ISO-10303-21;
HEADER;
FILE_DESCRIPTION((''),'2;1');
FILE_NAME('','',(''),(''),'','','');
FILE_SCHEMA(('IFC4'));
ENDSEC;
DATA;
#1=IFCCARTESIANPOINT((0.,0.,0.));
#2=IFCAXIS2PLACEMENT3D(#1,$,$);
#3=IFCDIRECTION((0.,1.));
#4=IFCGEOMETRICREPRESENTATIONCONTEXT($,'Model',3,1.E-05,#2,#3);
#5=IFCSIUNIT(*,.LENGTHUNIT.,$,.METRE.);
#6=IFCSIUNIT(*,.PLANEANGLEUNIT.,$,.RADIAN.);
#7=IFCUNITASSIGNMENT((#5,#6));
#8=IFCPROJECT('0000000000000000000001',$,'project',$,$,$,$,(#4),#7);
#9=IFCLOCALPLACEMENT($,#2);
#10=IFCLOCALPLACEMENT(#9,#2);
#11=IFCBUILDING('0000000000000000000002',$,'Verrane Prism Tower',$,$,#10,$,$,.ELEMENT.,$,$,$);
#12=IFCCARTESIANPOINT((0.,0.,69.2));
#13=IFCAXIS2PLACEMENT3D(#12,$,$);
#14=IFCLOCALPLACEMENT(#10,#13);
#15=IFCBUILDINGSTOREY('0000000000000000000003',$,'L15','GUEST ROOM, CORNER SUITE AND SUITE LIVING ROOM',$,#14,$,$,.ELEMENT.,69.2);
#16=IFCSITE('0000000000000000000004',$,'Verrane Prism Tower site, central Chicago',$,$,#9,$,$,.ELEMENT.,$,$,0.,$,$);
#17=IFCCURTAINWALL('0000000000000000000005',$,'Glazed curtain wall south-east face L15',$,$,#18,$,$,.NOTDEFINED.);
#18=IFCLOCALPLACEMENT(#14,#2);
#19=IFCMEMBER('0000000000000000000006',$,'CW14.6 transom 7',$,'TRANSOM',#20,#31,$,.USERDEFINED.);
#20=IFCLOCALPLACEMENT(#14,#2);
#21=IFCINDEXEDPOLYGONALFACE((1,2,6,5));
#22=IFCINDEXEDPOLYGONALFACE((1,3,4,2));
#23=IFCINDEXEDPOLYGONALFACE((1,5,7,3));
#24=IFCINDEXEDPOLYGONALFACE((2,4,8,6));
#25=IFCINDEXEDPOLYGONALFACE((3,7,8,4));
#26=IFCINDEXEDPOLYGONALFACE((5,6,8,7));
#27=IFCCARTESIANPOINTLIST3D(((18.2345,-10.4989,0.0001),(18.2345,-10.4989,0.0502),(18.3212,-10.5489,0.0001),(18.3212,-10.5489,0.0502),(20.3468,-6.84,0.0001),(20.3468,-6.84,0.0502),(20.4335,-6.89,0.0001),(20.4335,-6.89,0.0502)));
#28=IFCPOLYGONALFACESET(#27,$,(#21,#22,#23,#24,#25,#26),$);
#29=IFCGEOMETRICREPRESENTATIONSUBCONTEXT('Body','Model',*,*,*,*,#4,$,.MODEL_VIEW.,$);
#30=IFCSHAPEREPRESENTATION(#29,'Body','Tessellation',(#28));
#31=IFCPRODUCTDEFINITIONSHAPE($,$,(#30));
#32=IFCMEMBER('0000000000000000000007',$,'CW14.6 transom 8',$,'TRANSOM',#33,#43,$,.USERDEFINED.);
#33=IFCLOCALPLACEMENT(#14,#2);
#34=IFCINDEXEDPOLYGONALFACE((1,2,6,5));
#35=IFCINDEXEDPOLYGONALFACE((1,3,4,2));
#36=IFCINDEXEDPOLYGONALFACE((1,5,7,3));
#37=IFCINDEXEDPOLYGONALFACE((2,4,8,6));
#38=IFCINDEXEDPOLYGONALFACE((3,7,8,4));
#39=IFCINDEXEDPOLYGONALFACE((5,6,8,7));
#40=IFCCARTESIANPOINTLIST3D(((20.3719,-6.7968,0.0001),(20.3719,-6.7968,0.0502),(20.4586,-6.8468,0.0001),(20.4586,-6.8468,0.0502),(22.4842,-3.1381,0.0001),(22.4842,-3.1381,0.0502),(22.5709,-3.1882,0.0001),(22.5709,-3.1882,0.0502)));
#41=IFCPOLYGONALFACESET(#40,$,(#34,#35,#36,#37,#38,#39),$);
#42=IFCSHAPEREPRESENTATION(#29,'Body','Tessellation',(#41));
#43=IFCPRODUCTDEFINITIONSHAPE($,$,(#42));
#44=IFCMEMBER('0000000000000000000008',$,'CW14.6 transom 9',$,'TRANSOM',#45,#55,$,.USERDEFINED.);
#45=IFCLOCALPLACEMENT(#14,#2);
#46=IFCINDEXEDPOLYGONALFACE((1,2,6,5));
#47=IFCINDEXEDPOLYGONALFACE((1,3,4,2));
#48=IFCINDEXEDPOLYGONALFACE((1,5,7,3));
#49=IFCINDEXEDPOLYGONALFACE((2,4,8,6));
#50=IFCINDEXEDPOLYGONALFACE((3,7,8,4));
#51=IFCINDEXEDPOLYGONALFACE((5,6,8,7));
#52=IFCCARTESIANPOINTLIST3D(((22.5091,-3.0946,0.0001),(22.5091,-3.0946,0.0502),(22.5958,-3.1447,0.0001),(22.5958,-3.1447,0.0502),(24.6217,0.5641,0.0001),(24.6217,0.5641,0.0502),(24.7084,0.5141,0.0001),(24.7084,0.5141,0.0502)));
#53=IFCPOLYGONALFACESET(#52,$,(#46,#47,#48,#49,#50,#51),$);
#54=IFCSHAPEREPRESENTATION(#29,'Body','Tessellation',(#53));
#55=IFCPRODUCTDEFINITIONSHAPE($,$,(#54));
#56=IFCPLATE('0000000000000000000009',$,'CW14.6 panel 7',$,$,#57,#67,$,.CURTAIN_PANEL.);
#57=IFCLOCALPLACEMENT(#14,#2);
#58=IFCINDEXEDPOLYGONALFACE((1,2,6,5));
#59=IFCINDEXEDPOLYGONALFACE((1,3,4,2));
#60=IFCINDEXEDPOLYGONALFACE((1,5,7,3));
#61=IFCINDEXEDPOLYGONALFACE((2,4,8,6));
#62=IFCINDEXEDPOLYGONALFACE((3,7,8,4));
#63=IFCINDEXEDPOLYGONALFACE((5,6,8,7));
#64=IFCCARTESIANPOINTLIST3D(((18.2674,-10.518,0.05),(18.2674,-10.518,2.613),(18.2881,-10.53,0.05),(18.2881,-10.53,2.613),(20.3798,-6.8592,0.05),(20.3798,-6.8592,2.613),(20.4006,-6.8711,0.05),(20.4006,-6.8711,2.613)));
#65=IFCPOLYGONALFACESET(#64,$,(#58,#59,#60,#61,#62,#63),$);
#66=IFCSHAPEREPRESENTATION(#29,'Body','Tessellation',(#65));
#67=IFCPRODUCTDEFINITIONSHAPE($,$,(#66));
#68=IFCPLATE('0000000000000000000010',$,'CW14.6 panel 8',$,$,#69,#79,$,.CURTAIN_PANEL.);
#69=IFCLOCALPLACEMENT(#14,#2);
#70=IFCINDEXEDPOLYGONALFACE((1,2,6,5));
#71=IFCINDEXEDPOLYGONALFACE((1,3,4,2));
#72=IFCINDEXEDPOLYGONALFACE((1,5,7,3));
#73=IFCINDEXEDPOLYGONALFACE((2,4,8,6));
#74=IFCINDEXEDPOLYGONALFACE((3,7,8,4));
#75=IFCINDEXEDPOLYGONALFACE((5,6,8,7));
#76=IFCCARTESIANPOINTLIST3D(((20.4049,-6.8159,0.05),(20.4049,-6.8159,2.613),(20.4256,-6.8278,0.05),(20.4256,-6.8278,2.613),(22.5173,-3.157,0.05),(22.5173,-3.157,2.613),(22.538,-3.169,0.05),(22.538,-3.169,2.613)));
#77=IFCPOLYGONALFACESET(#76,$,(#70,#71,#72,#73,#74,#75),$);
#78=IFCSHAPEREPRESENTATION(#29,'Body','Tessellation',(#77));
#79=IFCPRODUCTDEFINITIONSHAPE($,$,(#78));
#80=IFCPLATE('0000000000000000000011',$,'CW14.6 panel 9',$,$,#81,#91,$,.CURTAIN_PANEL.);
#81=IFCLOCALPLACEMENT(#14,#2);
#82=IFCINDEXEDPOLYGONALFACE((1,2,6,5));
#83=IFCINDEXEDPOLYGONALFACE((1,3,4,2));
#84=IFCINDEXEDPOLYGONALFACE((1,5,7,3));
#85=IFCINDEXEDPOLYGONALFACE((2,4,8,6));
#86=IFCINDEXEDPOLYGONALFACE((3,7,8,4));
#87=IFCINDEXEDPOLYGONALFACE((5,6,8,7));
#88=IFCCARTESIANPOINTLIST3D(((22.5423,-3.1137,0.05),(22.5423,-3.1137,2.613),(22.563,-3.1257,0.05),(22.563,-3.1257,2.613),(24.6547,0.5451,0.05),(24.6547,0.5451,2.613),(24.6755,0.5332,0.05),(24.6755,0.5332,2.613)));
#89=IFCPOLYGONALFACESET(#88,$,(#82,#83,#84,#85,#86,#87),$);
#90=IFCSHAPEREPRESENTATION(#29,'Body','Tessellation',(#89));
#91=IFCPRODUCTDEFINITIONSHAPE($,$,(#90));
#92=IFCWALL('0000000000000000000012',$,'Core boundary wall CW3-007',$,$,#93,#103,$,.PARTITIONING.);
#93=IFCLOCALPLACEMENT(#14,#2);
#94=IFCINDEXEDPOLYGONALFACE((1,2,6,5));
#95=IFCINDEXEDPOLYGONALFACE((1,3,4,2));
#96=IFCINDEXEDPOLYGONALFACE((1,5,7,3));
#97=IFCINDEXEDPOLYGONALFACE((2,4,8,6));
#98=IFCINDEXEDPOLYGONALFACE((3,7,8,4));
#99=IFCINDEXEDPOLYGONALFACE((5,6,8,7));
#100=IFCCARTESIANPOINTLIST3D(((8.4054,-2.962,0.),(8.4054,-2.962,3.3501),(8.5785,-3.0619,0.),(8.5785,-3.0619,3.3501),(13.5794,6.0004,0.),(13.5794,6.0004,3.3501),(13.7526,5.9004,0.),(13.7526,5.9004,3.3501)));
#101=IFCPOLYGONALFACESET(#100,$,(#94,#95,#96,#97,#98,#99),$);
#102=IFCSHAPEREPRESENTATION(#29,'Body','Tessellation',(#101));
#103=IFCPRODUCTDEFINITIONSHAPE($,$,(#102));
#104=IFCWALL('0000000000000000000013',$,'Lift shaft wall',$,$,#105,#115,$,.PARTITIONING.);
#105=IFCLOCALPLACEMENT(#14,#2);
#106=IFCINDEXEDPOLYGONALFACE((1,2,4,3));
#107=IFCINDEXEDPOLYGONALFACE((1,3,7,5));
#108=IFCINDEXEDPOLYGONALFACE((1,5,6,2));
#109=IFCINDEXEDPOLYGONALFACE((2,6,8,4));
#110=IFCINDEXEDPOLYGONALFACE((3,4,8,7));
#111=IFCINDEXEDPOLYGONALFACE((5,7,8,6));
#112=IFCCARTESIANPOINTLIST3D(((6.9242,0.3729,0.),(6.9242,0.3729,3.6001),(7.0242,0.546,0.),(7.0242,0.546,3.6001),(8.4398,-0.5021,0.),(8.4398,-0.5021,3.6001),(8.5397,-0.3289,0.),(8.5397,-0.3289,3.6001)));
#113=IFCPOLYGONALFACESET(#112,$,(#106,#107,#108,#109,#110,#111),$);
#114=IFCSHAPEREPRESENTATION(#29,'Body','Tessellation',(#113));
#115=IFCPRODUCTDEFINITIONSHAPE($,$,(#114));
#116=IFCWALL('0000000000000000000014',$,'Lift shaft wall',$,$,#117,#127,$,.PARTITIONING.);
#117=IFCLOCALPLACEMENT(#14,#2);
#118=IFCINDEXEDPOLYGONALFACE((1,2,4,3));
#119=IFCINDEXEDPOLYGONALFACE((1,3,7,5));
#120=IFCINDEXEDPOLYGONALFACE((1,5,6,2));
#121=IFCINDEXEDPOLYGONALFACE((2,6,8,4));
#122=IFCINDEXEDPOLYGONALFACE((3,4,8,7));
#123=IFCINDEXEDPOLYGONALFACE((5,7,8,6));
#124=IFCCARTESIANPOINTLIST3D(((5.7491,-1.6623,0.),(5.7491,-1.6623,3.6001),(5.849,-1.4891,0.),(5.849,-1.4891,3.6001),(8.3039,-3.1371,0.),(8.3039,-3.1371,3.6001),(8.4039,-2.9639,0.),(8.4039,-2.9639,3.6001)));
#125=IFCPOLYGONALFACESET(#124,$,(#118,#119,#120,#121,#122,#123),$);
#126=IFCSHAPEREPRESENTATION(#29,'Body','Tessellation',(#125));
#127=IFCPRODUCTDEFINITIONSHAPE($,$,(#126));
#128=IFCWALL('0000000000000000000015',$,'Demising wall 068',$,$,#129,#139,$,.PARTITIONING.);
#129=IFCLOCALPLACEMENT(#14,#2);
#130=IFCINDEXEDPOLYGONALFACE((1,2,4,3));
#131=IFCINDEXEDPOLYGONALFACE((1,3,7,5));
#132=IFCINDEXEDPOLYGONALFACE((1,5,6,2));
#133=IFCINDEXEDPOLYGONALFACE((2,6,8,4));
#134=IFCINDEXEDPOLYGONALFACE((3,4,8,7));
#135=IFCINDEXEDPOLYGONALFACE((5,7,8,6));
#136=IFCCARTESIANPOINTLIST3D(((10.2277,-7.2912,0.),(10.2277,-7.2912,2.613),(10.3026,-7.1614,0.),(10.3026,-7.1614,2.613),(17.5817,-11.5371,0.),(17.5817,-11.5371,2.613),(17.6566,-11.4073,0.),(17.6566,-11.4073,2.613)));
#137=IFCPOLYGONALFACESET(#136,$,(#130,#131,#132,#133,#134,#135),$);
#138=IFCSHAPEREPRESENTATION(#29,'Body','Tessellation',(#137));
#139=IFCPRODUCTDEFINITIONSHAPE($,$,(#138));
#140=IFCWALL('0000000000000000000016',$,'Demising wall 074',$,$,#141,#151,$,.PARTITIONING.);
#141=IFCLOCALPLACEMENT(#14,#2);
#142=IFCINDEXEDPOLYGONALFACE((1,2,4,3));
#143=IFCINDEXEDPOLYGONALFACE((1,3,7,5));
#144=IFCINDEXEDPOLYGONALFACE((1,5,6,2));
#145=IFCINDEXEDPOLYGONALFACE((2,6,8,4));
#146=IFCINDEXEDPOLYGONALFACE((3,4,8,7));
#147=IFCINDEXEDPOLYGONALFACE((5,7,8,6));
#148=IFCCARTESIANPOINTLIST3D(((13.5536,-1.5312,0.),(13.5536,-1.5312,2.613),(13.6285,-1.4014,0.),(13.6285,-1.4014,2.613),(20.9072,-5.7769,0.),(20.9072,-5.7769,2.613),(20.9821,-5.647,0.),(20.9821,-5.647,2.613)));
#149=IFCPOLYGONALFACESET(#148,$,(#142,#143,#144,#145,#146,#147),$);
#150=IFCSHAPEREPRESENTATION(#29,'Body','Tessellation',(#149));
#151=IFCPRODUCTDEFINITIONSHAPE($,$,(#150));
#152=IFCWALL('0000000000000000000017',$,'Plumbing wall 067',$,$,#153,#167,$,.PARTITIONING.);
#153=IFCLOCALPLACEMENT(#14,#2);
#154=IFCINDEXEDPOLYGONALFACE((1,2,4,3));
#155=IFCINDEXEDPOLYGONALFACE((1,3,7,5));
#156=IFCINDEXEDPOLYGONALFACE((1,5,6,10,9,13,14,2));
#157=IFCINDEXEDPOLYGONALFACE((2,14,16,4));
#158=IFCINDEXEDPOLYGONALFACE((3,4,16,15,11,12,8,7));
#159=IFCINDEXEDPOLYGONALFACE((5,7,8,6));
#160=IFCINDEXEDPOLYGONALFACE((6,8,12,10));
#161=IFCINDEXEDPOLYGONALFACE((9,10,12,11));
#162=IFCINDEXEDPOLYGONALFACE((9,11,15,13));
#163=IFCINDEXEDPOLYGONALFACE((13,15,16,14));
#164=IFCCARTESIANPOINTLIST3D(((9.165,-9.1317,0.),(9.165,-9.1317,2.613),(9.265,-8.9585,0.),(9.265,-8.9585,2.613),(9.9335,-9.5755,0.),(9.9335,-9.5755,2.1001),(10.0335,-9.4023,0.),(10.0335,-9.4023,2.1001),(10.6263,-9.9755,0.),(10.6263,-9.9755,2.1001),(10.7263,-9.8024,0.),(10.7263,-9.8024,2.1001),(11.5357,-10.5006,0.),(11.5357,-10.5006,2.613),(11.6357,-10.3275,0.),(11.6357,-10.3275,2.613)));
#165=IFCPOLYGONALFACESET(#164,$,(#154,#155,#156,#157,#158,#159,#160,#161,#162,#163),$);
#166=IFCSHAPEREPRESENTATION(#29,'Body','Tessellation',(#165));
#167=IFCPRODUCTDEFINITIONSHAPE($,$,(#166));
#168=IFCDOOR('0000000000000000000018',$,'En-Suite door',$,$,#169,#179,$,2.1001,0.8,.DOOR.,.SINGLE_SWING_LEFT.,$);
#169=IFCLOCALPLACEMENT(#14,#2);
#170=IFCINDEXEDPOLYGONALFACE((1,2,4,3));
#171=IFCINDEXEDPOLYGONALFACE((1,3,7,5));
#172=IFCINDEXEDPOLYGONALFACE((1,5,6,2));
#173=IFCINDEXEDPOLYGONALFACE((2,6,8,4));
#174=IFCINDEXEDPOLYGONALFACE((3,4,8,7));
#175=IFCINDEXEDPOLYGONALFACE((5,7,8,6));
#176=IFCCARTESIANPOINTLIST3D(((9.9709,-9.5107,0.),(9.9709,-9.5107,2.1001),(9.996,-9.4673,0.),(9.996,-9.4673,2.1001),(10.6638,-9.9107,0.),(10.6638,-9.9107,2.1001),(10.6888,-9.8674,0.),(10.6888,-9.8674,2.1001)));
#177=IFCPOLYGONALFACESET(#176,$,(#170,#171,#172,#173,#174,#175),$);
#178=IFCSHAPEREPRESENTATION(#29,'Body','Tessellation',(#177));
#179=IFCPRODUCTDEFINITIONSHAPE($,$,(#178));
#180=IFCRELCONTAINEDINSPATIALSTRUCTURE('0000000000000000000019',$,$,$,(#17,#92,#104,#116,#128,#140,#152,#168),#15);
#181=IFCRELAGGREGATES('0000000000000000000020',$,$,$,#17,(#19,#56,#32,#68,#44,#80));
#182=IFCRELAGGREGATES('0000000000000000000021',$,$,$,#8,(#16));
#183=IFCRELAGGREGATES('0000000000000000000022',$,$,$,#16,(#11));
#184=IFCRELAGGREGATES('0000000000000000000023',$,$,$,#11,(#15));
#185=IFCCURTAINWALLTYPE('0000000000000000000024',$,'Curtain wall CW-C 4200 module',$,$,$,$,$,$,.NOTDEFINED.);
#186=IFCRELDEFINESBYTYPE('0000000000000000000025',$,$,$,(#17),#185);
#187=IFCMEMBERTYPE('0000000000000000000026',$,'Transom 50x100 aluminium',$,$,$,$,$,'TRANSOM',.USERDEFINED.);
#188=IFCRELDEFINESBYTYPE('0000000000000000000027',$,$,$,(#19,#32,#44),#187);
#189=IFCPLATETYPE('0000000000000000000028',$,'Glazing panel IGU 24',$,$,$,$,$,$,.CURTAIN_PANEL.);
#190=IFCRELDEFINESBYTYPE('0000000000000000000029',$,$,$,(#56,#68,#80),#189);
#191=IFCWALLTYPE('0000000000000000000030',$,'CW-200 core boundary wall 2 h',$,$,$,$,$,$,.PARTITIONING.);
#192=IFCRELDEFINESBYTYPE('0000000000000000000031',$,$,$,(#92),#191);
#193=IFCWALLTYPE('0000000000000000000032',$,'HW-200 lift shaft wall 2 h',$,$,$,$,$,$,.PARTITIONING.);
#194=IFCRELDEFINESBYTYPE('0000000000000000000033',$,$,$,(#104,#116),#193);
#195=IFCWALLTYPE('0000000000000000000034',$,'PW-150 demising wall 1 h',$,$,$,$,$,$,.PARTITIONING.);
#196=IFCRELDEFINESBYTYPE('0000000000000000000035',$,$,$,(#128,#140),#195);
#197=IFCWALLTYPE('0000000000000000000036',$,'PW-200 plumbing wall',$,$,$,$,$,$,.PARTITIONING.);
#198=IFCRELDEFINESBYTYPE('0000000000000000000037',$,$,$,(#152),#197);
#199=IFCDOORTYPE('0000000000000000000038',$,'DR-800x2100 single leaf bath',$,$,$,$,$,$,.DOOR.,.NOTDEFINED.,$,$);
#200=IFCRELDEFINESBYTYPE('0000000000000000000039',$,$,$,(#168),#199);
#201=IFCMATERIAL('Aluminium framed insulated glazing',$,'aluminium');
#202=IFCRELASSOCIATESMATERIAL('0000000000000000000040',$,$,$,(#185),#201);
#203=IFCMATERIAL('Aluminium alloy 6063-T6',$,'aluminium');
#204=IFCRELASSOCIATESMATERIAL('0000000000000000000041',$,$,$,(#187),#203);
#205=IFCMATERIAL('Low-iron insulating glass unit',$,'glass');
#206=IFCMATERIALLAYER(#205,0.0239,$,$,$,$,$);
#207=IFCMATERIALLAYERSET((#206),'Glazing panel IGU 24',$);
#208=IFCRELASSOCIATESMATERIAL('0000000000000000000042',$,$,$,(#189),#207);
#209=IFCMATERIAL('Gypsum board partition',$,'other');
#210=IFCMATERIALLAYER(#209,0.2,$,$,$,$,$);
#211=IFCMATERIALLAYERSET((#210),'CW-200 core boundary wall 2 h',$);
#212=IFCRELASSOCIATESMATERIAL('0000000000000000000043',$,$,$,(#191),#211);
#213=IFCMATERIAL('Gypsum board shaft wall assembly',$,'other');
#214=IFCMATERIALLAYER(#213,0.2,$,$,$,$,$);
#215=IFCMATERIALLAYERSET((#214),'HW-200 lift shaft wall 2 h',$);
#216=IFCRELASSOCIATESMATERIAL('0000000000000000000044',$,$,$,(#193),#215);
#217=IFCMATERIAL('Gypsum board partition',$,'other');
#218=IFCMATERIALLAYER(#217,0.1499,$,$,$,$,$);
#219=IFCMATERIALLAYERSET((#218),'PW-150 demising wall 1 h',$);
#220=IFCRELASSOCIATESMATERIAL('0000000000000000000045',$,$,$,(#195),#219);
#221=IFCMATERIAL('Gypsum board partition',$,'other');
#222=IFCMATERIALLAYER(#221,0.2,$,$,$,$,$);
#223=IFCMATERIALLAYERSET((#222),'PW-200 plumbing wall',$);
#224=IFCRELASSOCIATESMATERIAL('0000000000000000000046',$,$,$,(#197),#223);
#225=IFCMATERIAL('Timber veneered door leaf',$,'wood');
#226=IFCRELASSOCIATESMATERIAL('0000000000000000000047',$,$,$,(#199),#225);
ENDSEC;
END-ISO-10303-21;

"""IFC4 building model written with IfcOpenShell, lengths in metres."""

from ifc_helpers import new_model, si_unit, direction, frame, frame_2d, origin, origin_2d, place, context, subcontext, project, spatial, rectangle, extrude, material, layer, layer_set, material_profile, profile_set, type_object, element, fill, aggregate, save


model = new_model("IFC4")

# Units and contexts
model_context = context("Model", 3, precision=1e-05, world=origin(), true_north=direction((0.0, 1.0)))
body_context = subcontext(model_context, "Body", "Model", "MODEL_VIEW")
ifc_project = project(units=[si_unit("LENGTHUNIT", "METRE"), si_unit("PLANEANGLEUNIT", "RADIAN")], contexts=[model_context])

# Site, building, storey
site_placement = place(None, origin())
site = spatial("IfcSite", under=ifc_project, at=site_placement, Name="Verrane Prism Tower site, central Chicago", CompositionType="ELEMENT", RefElevation=0.0)
building_placement = place(site_placement, origin())
building = spatial("IfcBuilding", under=site, at=building_placement, Name="Verrane Prism Tower", CompositionType="ELEMENT")
storey_placement = place(building_placement, frame((0.0, 0.0, 69.2)))
storey = spatial("IfcBuildingStorey", under=building, at=storey_placement, Name="L15", Description="GUEST ROOM, CORNER SUITE AND SUITE LIVING ROOM", CompositionType="ELEMENT", Elevation=69.2)

# Curtain wall
ifc_material_1 = material(Name="Aluminium framed insulated glazing", Category="aluminium")
curtain_wall_type = type_object("IfcCurtainWallType", Name="Curtain wall CW-C 4200 module", PredefinedType="NOTDEFINED", material=ifc_material_1)
curtain_wall_placement = place(storey_placement, origin())
curtain_wall = element("IfcCurtainWall", 1, at=curtain_wall_placement, inside=storey, type_object=curtain_wall_type, Name="Glazed curtain wall south-east face L15", PredefinedType="NOTDEFINED")

# Members
ifc_material_2 = material(Name="Aluminium alloy 6063-T6", Category="aluminium")
ifc_material_profile_1 = material_profile(ifc_material_2, rectangle(XDim=0.1001, YDim=0.05, at=origin_2d()), Name="Transom 50x100 aluminium")
ifc_profile_set_1 = profile_set([ifc_material_profile_1], Name="Aluminium alloy 6063-T6")
member_type_1 = type_object("IfcMemberType", Name="Transom 50x100 aluminium", ElementType="TRANSOM", PredefinedType="USERDEFINED", material=ifc_profile_set_1)
member_1_placement = place(storey_placement, frame((18.2778, -10.5239, 0.0251), z_axis=(0.499968, 0.866044, 0.0), x_axis=(-0.866044, 0.499968, 0.0)))
member_1 = element("IfcMember", 2, at=member_1_placement, type_object=member_type_1, Name="CW14.6 transom 7", ObjectType="TRANSOM", PredefinedType="USERDEFINED", context=body_context, shape_type="SweptSolid", body=[
    extrude(rectangle(XDim=0.1001, YDim=0.05, at=origin_2d()), origin(), (0.0, 0.0, 1.0), 4.2249),
])
member_2_placement = place(storey_placement, frame((20.4153, -6.8218, 0.0251), z_axis=(0.499993, 0.86603, 0.0), x_axis=(-0.86603, 0.499993, 0.0)))
member_2 = element("IfcMember", 3, at=member_2_placement, type_object=member_type_1, Name="CW14.6 transom 8", ObjectType="TRANSOM", PredefinedType="USERDEFINED", context=body_context, shape_type="SweptSolid", body=[
    extrude(rectangle(XDim=0.1001, YDim=0.05, at=origin_2d()), origin(), (0.0, 0.0, 1.0), 4.2246),
])
member_3_placement = place(storey_placement, frame((22.5525, -3.1196, 0.0251), z_axis=(0.500036, 0.866005, 0.0), x_axis=(-0.866005, 0.500036, 0.0)))
member_3 = element("IfcMember", 4, at=member_3_placement, type_object=member_type_1, Name="CW14.6 transom 9", ObjectType="TRANSOM", PredefinedType="USERDEFINED", context=body_context, shape_type="SweptSolid", body=[
    extrude(rectangle(XDim=0.1001, YDim=0.05, at=origin_2d()), origin(), (0.0, 0.0, 1.0), 4.2249),
])

# Plates
ifc_material_3 = material(Name="Low-iron insulating glass unit", Category="glass")
ifc_layer_1 = layer(ifc_material_3, 0.0239)
ifc_layer_set_1 = layer_set([ifc_layer_1], Name="Glazing panel IGU 24")
plate_type = type_object("IfcPlateType", Name="Glazing panel IGU 24", PredefinedType="CURTAIN_PANEL", material=ifc_layer_set_1)
plate_1_placement = place(storey_placement, frame((19.334, -8.6946, 0.05), z_axis=(0.0, 0.0, 1.0), x_axis=(0.5, 0.866025, 0.0)))
plate_1 = element("IfcPlate", 5, at=plate_1_placement, type_object=plate_type, Name="CW14.6 panel 7", PredefinedType="CURTAIN_PANEL", context=body_context, shape_type="SweptSolid", body=[
    extrude(rectangle(XDim=4.2249, YDim=0.0239, at=origin_2d()), origin(), (0.0, 0.0, 1.0), 2.563),
])
plate_2_placement = place(storey_placement, frame((21.4714, -4.9924, 0.05), z_axis=(0.0, 0.0, 1.0), x_axis=(0.5, 0.866025, 0.0)))
plate_2 = element("IfcPlate", 6, at=plate_2_placement, type_object=plate_type, Name="CW14.6 panel 8", PredefinedType="CURTAIN_PANEL", context=body_context, shape_type="SweptSolid", body=[
    extrude(rectangle(XDim=4.2249, YDim=0.0239, at=origin_2d()), origin(), (0.0, 0.0, 1.0), 2.563),
])
plate_3_placement = place(storey_placement, frame((23.6089, -1.2903, 0.05), z_axis=(0.0, 0.0, 1.0), x_axis=(0.5, 0.866025, 0.0)))
plate_3 = element("IfcPlate", 7, at=plate_3_placement, type_object=plate_type, Name="CW14.6 panel 9", PredefinedType="CURTAIN_PANEL", context=body_context, shape_type="SweptSolid", body=[
    extrude(rectangle(XDim=4.2249, YDim=0.0239, at=origin_2d()), origin(), (0.0, 0.0, 1.0), 2.563),
])
aggregate(curtain_wall, [member_1, plate_1, member_2, plate_2, member_3, plate_3])

# Walls
ifc_material_4 = material(Name="Gypsum board partition", Category="other")
ifc_layer_2 = layer(ifc_material_4, 0.2)
ifc_layer_set_2 = layer_set([ifc_layer_2], Name="CW-200 core boundary wall 2 h")
wall_type_1 = type_object("IfcWallType", Name="CW-200 core boundary wall 2 h", PredefinedType="PARTITIONING", material=ifc_layer_set_2)
wall_1_placement = place(storey_placement, frame((8.4919, -3.012, 0.0), z_axis=(0.0, 0.0, 1.0), x_axis=(0.499973, 0.866041, 0.0)))
element("IfcWall", 8, at=wall_1_placement, inside=storey, type_object=wall_type_1, Name="Core boundary wall CW3-007", PredefinedType="PARTITIONING", context=body_context, shape_type="SweptSolid", body=[
    extrude(rectangle(XDim=10.3486, YDim=0.2, at=frame_2d((5.1743, 0.0))), origin(), (0.0, 0.0, 1.0), 3.3501),
])
ifc_material_5 = material(Name="Gypsum board shaft wall assembly", Category="other")
ifc_layer_3 = layer(ifc_material_5, 0.2)
ifc_layer_set_3 = layer_set([ifc_layer_3], Name="HW-200 lift shaft wall 2 h")
wall_type_2 = type_object("IfcWallType", Name="HW-200 lift shaft wall 2 h", PredefinedType="PARTITIONING", material=ifc_layer_set_3)
wall_2_placement = place(storey_placement, frame((8.4897, -0.4155, 0.0), z_axis=(0.0, 0.0, 1.0), x_axis=(-0.866037, 0.49998, 0.0)))
element("IfcWall", 9, at=wall_2_placement, inside=storey, type_object=wall_type_2, Name="Lift shaft wall", PredefinedType="PARTITIONING", context=body_context, shape_type="SweptSolid", body=[
    extrude(rectangle(XDim=1.75, YDim=0.2, at=frame_2d((0.875, 0.0))), origin(), (0.0, 0.0, 1.0), 3.6001),
])
wall_3_placement = place(storey_placement, frame((8.354, -3.0505, 0.0), z_axis=(0.0, 0.0, 1.0), x_axis=(-0.86606, 0.49994, 0.0)))
element("IfcWall", 10, at=wall_3_placement, inside=storey, type_object=wall_type_2, Name="Lift shaft wall", PredefinedType="PARTITIONING", context=body_context, shape_type="SweptSolid", body=[
    extrude(rectangle(XDim=2.95, YDim=0.2, at=frame_2d((1.4751, 0.0))), origin(), (0.0, 0.0, 1.0), 3.6001),
])
ifc_material_6 = material(Name="Gypsum board partition", Category="other")
ifc_layer_4 = layer(ifc_material_6, 0.1499)
ifc_layer_set_4 = layer_set([ifc_layer_4], Name="PW-150 demising wall 1 h")
wall_type_3 = type_object("IfcWallType", Name="PW-150 demising wall 1 h", PredefinedType="PARTITIONING", material=ifc_layer_set_4)
wall_4_placement = place(storey_placement, frame((10.2651, -7.2263, 0.0), z_axis=(0.0, 0.0, 1.0), x_axis=(0.866025, -0.500001, 0.0)))
element("IfcWall", 11, at=wall_4_placement, inside=storey, type_object=wall_type_3, Name="Demising wall 068", PredefinedType="PARTITIONING", context=body_context, shape_type="SweptSolid", body=[
    extrude(rectangle(XDim=8.4917, YDim=0.1499, at=frame_2d((4.2458, 0.0))), origin(), (0.0, 0.0, 1.0), 2.613),
])
wall_5_placement = place(storey_placement, frame((13.5911, -1.4663, 0.0), z_axis=(0.0, 0.0, 1.0), x_axis=(0.866023, -0.500005, 0.0)))
element("IfcWall", 12, at=wall_5_placement, inside=storey, type_object=wall_type_3, Name="Demising wall 074", PredefinedType="PARTITIONING", context=body_context, shape_type="SweptSolid", body=[
    extrude(rectangle(XDim=8.4912, YDim=0.1499, at=frame_2d((4.2456, 0.0))), origin(), (0.0, 0.0, 1.0), 2.613),
])

# Wall, opening, door
ifc_material_7 = material(Name="Gypsum board partition", Category="other")
ifc_layer_5 = layer(ifc_material_7, 0.2)
ifc_layer_set_5 = layer_set([ifc_layer_5], Name="PW-200 plumbing wall")
wall_type_4 = type_object("IfcWallType", Name="PW-200 plumbing wall", PredefinedType="PARTITIONING", material=ifc_layer_set_5)
wall_6_placement = place(storey_placement, frame((9.2151, -9.0452, 0.0), z_axis=(0.0, 0.0, 1.0), x_axis=(0.86599, -0.500062, 0.0)))
wall_6 = element("IfcWall", 13, at=wall_6_placement, inside=storey, type_object=wall_type_4, Name="Plumbing wall 067", PredefinedType="PARTITIONING", context=body_context, shape_type="SweptSolid", body=[
    extrude(rectangle(XDim=2.7375, YDim=0.2, at=frame_2d((1.3687, 0.0))), origin(), (0.0, 0.0, 1.0), 2.613),
])
opening_1_placement = place(wall_6_placement, frame((0.8875, 0.0, 0.0)))
opening_1 = element("IfcOpeningElement", 14, at=opening_1_placement, cuts=wall_6, PredefinedType="OPENING", context=body_context, shape_type="SweptSolid", body=[
    extrude(rectangle(XDim=0.8, YDim=2.1001, at=frame_2d((0.3999, 1.05))), frame((0.0, 0.1099, 0.0), z_axis=(0.0, -1.0, 0.0), x_axis=(1.0, 0.0, 0.0)), (0.0, 0.0, 1.0), 0.22),
])
ifc_material_8 = material(Name="Timber veneered door leaf", Category="wood")
door_type = type_object("IfcDoorType", Name="DR-800x2100 single leaf bath", OperationType="NOTDEFINED", PredefinedType="DOOR", material=ifc_material_8)
door_1_placement = place(opening_1_placement, origin())
door_1 = element("IfcDoor", 15, at=door_1_placement, inside=storey, type_object=door_type, Name="En-Suite door", OperationType="SINGLE_SWING_LEFT", OverallHeight=2.1001, OverallWidth=0.8, PredefinedType="DOOR", context=body_context, shape_type="SweptSolid", body=[
    extrude(rectangle(XDim=0.8, YDim=2.1001, at=frame_2d((0.3999, 1.05))), frame((0.0, 0.0249, 0.0), z_axis=(0.0, -1.0, 0.0), x_axis=(1.0, 0.0, 0.0)), (0.0, 0.0, 1.0), 0.05),
])
fill(opening_1, door_1)

save(model, "model.ifc")
